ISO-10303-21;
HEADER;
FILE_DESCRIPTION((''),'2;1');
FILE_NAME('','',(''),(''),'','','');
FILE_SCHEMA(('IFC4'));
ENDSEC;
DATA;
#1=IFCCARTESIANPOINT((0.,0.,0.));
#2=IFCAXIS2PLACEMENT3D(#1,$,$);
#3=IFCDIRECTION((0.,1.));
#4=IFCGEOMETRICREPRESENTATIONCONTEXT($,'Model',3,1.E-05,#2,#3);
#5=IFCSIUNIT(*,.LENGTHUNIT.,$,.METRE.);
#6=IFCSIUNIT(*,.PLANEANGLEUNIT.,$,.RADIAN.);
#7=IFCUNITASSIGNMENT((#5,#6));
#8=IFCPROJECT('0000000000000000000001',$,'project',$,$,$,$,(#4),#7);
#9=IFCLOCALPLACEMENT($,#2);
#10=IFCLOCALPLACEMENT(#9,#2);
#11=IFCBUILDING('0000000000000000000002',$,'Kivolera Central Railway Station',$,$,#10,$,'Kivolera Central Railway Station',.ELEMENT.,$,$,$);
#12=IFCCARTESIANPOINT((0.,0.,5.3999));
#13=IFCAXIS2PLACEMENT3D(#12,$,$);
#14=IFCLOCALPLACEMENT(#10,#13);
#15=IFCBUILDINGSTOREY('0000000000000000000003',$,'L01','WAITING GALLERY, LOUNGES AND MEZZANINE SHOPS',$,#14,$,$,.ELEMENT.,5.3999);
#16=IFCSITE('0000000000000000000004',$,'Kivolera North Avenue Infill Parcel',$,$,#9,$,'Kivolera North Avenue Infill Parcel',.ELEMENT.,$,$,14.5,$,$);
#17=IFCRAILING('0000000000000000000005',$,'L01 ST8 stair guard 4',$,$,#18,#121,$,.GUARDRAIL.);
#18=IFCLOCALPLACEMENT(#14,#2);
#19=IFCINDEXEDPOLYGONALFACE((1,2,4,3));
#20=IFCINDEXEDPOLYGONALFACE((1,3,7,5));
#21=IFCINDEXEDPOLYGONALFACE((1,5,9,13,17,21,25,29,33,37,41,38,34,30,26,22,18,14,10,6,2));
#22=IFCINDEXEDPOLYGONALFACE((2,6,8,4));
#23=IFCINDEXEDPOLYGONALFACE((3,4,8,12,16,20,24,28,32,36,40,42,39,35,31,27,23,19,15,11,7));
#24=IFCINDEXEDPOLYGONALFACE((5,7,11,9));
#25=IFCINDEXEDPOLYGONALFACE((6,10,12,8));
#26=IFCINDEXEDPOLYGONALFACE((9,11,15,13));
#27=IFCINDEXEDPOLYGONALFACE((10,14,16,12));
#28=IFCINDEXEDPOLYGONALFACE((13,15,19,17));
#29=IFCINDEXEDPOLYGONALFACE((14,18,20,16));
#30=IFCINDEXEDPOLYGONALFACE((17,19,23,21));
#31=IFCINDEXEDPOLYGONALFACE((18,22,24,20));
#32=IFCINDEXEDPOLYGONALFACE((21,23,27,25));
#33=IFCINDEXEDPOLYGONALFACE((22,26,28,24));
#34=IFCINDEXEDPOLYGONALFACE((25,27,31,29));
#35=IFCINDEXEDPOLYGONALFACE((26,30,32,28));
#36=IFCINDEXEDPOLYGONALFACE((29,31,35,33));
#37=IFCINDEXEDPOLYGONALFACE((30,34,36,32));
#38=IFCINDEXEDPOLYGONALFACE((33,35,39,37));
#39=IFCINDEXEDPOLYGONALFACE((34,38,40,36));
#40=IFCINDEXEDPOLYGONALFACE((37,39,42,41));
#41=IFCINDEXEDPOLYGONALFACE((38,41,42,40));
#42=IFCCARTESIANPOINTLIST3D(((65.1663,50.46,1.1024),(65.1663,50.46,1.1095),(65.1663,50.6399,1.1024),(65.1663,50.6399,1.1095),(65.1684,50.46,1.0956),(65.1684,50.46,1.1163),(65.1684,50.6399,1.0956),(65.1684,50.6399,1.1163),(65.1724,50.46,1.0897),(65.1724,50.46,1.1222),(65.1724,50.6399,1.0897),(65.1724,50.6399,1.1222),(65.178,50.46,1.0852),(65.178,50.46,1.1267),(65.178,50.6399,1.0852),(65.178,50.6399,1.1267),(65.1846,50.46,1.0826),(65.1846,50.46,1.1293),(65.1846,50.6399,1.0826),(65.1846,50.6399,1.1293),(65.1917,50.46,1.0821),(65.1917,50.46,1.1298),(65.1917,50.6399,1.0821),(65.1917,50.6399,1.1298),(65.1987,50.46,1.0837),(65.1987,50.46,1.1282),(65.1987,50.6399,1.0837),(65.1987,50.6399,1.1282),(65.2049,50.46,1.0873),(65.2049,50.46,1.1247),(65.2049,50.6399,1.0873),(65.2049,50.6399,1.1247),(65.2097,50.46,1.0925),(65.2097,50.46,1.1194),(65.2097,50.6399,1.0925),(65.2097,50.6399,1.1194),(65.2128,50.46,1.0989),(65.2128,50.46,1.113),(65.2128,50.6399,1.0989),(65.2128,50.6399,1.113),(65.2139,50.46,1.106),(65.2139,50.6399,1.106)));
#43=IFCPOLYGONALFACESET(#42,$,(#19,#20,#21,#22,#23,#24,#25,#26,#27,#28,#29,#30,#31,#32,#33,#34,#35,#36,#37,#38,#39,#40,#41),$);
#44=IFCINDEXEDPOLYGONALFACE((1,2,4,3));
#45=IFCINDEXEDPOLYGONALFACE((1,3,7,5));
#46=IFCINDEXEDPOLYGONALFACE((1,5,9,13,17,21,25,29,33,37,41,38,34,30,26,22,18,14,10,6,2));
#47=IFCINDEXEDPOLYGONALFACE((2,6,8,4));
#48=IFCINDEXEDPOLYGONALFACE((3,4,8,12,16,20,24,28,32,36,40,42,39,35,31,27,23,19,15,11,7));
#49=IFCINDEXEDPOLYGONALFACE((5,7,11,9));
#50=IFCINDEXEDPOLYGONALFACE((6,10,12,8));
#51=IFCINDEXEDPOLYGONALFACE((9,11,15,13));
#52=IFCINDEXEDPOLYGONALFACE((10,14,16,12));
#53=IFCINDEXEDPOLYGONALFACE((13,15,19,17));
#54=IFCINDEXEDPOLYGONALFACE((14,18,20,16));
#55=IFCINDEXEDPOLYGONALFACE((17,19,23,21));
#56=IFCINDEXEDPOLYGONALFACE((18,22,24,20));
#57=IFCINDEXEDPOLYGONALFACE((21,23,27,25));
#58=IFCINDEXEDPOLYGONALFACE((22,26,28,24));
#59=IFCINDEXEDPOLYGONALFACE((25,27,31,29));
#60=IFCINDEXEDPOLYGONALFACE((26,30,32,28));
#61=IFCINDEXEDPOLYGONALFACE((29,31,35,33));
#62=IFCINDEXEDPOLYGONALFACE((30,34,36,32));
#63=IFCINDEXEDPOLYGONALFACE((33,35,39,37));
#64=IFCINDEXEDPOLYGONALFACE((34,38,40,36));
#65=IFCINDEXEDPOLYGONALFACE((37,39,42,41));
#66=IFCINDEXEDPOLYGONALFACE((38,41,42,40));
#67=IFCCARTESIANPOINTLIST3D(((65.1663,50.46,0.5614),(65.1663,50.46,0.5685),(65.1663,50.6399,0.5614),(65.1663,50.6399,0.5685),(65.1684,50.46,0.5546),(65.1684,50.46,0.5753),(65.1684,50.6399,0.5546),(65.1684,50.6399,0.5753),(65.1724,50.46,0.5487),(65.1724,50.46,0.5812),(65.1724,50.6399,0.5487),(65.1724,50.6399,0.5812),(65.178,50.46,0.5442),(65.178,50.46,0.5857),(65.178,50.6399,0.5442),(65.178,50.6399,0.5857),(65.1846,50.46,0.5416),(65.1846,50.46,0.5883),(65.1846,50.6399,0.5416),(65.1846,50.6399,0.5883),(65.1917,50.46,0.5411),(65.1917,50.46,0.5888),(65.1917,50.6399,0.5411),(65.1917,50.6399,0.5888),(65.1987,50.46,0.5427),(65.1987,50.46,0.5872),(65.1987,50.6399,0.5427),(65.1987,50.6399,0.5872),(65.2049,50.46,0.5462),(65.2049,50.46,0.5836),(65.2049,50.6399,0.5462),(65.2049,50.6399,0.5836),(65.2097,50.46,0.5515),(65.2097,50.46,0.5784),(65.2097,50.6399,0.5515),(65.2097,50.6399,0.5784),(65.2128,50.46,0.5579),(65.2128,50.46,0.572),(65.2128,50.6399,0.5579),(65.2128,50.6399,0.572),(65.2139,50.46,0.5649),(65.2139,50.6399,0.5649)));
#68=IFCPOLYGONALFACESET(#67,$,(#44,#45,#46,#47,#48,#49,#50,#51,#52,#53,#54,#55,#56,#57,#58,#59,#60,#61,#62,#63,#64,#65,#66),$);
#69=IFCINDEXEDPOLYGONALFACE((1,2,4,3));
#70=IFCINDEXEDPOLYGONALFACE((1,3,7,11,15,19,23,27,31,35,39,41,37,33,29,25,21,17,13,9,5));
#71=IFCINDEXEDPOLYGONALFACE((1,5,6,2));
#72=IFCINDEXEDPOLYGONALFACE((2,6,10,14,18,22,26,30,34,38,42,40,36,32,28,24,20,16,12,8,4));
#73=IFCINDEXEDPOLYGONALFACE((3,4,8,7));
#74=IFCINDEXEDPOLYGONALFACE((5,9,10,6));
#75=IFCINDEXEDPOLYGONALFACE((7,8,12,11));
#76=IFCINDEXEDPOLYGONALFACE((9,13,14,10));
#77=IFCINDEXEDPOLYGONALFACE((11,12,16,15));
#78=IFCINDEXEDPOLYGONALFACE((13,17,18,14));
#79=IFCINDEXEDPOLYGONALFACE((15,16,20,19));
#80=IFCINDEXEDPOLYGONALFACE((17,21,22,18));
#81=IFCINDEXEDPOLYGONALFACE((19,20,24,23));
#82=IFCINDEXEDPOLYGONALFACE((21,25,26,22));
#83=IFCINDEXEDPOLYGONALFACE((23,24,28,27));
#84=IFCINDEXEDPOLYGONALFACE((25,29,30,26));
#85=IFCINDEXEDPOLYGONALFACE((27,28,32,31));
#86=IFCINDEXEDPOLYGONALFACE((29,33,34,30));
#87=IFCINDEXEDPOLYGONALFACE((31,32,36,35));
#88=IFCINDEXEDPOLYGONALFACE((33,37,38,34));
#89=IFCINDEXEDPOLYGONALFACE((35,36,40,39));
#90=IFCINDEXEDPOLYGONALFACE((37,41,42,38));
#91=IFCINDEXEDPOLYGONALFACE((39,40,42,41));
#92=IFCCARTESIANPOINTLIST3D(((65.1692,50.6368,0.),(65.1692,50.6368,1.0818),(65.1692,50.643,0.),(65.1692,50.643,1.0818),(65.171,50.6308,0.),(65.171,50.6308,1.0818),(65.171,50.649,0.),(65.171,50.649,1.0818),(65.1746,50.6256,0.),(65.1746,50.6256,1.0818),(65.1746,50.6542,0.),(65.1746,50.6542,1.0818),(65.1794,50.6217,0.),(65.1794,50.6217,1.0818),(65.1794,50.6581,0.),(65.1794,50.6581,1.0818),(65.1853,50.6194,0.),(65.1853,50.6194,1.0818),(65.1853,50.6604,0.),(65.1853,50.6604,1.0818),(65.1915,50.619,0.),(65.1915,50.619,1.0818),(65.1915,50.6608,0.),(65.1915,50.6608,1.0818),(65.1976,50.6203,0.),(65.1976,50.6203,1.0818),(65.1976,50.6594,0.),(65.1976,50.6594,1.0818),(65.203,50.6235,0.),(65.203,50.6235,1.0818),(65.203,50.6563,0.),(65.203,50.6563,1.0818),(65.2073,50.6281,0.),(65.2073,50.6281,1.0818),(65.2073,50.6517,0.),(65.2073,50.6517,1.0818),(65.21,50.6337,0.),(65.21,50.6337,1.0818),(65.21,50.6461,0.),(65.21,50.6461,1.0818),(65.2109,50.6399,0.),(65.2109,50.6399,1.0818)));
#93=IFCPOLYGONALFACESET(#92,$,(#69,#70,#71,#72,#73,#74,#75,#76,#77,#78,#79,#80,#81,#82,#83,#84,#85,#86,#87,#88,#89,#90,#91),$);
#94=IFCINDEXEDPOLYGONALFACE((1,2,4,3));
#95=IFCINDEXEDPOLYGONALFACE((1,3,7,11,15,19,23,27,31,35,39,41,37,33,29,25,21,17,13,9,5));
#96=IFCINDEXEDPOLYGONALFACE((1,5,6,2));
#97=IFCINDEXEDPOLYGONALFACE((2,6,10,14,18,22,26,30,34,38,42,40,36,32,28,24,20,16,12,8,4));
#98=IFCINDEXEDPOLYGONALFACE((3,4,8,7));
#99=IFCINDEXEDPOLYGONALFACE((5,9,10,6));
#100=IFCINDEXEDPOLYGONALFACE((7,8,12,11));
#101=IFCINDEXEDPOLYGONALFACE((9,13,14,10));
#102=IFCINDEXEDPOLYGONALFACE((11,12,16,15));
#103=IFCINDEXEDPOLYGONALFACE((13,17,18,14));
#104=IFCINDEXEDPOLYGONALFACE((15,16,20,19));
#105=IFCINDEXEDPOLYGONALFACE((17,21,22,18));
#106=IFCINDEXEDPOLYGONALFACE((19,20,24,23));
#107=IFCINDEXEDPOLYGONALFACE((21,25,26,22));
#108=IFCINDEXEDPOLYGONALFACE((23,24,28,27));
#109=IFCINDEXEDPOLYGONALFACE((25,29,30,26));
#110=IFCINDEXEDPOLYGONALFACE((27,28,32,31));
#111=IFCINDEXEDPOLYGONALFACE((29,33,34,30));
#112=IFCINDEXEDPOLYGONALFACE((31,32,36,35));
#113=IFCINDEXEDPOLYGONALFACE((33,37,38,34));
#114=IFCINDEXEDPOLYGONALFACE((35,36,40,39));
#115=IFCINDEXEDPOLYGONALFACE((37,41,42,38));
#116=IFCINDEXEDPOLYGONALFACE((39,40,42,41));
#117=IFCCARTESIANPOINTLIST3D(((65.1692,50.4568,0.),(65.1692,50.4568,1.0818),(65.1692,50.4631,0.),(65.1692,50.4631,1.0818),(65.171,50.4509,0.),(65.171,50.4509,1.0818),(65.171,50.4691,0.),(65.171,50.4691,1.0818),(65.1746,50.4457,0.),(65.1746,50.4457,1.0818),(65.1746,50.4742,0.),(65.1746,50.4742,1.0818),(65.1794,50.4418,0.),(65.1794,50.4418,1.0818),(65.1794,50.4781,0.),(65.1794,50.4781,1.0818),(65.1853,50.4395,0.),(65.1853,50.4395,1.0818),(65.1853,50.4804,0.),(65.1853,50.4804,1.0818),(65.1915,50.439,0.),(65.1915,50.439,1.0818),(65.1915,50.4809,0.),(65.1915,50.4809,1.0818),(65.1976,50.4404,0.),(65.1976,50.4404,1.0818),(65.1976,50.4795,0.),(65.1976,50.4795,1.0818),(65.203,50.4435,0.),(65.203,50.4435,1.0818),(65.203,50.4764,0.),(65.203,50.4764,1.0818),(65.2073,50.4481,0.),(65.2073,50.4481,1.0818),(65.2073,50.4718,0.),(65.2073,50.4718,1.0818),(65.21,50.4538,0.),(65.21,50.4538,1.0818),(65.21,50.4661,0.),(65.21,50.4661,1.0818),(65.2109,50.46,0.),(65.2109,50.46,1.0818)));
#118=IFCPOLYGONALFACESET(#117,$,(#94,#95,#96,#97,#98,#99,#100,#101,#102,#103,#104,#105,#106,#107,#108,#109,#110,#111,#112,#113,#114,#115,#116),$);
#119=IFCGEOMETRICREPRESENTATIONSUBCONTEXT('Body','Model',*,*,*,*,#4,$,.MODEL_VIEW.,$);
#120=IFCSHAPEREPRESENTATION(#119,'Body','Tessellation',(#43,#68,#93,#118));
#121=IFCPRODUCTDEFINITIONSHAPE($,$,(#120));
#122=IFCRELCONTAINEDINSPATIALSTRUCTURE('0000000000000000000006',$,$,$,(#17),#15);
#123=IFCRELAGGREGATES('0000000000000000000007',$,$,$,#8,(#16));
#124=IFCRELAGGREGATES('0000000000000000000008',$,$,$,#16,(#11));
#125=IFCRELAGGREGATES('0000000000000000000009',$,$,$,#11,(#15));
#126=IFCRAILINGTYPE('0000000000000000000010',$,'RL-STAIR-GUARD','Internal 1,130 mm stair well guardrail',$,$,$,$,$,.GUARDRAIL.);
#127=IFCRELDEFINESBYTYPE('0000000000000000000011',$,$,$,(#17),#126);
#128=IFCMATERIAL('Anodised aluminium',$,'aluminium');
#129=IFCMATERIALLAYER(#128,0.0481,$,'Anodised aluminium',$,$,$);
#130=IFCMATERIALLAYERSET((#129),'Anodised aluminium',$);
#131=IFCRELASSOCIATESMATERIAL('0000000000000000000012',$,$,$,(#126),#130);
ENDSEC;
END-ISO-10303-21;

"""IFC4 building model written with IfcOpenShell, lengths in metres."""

from ifc_helpers import new_model, si_unit, direction, frame, origin, origin_2d, place, context, subcontext, project, spatial, circle, extrude, material, layer, layer_set, type_object, element, save


model = new_model("IFC4")

# Units and contexts
model_context = context("Model", 3, precision=1e-05, world=origin(), true_north=direction((0.0, 1.0)))
body_context = subcontext(model_context, "Body", "Model", "MODEL_VIEW")
ifc_project = project(units=[si_unit("LENGTHUNIT", "METRE"), si_unit("PLANEANGLEUNIT", "RADIAN")], contexts=[model_context])

# Site, building, storey
site_placement = place(None, origin())
site = spatial("IfcSite", under=ifc_project, at=site_placement, Name="Kivolera North Avenue Infill Parcel", LongName="Kivolera North Avenue Infill Parcel", CompositionType="ELEMENT", RefElevation=14.5)
building_placement = place(site_placement, origin())
building = spatial("IfcBuilding", under=site, at=building_placement, Name="Kivolera Central Railway Station", LongName="Kivolera Central Railway Station", CompositionType="ELEMENT")
storey_placement = place(building_placement, frame((0.0, 0.0, 5.3999)))
storey = spatial("IfcBuildingStorey", under=building, at=storey_placement, Name="L01", Description="WAITING GALLERY, LOUNGES AND MEZZANINE SHOPS", CompositionType="ELEMENT", Elevation=5.3999)

# Shared definitions
ifc_material_1 = material(Name="Anodised aluminium", Category="aluminium")

# Railing
ifc_layer_1 = layer(ifc_material_1, 0.0481, Name="Anodised aluminium")
ifc_layer_set_1 = layer_set([ifc_layer_1], Name="Anodised aluminium")
railing_type_1 = type_object("IfcRailingType", Name="RL-STAIR-GUARD", Description="Internal 1,130 mm stair well guardrail", PredefinedType="GUARDRAIL", material=ifc_layer_set_1)
railing_1_placement = place(storey_placement, frame((65.1899, 50.6399, 0.0)))
element("IfcRailing", 1, at=railing_1_placement, inside=storey, type_object=railing_type_1, Name="L01 ST8 stair guard 4", PredefinedType="GUARDRAIL", context=body_context, shape_type="SweptSolid", body=[
    extrude(circle(Radius=0.0239, at=origin_2d()), frame((0.0, 0.0, 1.106), z_axis=(0.0, -1.0, 0.0), x_axis=(1.0, 0.0, 0.0)), (0.0, 0.0, 1.0), 0.1799),
    extrude(circle(Radius=0.0239, at=origin_2d()), frame((0.0, 0.0, 0.5649), z_axis=(0.0, -1.0, 0.0), x_axis=(1.0, 0.0, 0.0)), (0.0, 0.0, 1.0), 0.1799),
    extrude(circle(Radius=0.021, at=origin_2d()), origin(), (0.0, 0.0, 1.0), 1.0818),
    extrude(circle(Radius=0.021, at=origin_2d()), frame((0.0, -0.1799, 0.0)), (0.0, 0.0, 1.0), 1.0818),
])

save(model, "model.ifc")
